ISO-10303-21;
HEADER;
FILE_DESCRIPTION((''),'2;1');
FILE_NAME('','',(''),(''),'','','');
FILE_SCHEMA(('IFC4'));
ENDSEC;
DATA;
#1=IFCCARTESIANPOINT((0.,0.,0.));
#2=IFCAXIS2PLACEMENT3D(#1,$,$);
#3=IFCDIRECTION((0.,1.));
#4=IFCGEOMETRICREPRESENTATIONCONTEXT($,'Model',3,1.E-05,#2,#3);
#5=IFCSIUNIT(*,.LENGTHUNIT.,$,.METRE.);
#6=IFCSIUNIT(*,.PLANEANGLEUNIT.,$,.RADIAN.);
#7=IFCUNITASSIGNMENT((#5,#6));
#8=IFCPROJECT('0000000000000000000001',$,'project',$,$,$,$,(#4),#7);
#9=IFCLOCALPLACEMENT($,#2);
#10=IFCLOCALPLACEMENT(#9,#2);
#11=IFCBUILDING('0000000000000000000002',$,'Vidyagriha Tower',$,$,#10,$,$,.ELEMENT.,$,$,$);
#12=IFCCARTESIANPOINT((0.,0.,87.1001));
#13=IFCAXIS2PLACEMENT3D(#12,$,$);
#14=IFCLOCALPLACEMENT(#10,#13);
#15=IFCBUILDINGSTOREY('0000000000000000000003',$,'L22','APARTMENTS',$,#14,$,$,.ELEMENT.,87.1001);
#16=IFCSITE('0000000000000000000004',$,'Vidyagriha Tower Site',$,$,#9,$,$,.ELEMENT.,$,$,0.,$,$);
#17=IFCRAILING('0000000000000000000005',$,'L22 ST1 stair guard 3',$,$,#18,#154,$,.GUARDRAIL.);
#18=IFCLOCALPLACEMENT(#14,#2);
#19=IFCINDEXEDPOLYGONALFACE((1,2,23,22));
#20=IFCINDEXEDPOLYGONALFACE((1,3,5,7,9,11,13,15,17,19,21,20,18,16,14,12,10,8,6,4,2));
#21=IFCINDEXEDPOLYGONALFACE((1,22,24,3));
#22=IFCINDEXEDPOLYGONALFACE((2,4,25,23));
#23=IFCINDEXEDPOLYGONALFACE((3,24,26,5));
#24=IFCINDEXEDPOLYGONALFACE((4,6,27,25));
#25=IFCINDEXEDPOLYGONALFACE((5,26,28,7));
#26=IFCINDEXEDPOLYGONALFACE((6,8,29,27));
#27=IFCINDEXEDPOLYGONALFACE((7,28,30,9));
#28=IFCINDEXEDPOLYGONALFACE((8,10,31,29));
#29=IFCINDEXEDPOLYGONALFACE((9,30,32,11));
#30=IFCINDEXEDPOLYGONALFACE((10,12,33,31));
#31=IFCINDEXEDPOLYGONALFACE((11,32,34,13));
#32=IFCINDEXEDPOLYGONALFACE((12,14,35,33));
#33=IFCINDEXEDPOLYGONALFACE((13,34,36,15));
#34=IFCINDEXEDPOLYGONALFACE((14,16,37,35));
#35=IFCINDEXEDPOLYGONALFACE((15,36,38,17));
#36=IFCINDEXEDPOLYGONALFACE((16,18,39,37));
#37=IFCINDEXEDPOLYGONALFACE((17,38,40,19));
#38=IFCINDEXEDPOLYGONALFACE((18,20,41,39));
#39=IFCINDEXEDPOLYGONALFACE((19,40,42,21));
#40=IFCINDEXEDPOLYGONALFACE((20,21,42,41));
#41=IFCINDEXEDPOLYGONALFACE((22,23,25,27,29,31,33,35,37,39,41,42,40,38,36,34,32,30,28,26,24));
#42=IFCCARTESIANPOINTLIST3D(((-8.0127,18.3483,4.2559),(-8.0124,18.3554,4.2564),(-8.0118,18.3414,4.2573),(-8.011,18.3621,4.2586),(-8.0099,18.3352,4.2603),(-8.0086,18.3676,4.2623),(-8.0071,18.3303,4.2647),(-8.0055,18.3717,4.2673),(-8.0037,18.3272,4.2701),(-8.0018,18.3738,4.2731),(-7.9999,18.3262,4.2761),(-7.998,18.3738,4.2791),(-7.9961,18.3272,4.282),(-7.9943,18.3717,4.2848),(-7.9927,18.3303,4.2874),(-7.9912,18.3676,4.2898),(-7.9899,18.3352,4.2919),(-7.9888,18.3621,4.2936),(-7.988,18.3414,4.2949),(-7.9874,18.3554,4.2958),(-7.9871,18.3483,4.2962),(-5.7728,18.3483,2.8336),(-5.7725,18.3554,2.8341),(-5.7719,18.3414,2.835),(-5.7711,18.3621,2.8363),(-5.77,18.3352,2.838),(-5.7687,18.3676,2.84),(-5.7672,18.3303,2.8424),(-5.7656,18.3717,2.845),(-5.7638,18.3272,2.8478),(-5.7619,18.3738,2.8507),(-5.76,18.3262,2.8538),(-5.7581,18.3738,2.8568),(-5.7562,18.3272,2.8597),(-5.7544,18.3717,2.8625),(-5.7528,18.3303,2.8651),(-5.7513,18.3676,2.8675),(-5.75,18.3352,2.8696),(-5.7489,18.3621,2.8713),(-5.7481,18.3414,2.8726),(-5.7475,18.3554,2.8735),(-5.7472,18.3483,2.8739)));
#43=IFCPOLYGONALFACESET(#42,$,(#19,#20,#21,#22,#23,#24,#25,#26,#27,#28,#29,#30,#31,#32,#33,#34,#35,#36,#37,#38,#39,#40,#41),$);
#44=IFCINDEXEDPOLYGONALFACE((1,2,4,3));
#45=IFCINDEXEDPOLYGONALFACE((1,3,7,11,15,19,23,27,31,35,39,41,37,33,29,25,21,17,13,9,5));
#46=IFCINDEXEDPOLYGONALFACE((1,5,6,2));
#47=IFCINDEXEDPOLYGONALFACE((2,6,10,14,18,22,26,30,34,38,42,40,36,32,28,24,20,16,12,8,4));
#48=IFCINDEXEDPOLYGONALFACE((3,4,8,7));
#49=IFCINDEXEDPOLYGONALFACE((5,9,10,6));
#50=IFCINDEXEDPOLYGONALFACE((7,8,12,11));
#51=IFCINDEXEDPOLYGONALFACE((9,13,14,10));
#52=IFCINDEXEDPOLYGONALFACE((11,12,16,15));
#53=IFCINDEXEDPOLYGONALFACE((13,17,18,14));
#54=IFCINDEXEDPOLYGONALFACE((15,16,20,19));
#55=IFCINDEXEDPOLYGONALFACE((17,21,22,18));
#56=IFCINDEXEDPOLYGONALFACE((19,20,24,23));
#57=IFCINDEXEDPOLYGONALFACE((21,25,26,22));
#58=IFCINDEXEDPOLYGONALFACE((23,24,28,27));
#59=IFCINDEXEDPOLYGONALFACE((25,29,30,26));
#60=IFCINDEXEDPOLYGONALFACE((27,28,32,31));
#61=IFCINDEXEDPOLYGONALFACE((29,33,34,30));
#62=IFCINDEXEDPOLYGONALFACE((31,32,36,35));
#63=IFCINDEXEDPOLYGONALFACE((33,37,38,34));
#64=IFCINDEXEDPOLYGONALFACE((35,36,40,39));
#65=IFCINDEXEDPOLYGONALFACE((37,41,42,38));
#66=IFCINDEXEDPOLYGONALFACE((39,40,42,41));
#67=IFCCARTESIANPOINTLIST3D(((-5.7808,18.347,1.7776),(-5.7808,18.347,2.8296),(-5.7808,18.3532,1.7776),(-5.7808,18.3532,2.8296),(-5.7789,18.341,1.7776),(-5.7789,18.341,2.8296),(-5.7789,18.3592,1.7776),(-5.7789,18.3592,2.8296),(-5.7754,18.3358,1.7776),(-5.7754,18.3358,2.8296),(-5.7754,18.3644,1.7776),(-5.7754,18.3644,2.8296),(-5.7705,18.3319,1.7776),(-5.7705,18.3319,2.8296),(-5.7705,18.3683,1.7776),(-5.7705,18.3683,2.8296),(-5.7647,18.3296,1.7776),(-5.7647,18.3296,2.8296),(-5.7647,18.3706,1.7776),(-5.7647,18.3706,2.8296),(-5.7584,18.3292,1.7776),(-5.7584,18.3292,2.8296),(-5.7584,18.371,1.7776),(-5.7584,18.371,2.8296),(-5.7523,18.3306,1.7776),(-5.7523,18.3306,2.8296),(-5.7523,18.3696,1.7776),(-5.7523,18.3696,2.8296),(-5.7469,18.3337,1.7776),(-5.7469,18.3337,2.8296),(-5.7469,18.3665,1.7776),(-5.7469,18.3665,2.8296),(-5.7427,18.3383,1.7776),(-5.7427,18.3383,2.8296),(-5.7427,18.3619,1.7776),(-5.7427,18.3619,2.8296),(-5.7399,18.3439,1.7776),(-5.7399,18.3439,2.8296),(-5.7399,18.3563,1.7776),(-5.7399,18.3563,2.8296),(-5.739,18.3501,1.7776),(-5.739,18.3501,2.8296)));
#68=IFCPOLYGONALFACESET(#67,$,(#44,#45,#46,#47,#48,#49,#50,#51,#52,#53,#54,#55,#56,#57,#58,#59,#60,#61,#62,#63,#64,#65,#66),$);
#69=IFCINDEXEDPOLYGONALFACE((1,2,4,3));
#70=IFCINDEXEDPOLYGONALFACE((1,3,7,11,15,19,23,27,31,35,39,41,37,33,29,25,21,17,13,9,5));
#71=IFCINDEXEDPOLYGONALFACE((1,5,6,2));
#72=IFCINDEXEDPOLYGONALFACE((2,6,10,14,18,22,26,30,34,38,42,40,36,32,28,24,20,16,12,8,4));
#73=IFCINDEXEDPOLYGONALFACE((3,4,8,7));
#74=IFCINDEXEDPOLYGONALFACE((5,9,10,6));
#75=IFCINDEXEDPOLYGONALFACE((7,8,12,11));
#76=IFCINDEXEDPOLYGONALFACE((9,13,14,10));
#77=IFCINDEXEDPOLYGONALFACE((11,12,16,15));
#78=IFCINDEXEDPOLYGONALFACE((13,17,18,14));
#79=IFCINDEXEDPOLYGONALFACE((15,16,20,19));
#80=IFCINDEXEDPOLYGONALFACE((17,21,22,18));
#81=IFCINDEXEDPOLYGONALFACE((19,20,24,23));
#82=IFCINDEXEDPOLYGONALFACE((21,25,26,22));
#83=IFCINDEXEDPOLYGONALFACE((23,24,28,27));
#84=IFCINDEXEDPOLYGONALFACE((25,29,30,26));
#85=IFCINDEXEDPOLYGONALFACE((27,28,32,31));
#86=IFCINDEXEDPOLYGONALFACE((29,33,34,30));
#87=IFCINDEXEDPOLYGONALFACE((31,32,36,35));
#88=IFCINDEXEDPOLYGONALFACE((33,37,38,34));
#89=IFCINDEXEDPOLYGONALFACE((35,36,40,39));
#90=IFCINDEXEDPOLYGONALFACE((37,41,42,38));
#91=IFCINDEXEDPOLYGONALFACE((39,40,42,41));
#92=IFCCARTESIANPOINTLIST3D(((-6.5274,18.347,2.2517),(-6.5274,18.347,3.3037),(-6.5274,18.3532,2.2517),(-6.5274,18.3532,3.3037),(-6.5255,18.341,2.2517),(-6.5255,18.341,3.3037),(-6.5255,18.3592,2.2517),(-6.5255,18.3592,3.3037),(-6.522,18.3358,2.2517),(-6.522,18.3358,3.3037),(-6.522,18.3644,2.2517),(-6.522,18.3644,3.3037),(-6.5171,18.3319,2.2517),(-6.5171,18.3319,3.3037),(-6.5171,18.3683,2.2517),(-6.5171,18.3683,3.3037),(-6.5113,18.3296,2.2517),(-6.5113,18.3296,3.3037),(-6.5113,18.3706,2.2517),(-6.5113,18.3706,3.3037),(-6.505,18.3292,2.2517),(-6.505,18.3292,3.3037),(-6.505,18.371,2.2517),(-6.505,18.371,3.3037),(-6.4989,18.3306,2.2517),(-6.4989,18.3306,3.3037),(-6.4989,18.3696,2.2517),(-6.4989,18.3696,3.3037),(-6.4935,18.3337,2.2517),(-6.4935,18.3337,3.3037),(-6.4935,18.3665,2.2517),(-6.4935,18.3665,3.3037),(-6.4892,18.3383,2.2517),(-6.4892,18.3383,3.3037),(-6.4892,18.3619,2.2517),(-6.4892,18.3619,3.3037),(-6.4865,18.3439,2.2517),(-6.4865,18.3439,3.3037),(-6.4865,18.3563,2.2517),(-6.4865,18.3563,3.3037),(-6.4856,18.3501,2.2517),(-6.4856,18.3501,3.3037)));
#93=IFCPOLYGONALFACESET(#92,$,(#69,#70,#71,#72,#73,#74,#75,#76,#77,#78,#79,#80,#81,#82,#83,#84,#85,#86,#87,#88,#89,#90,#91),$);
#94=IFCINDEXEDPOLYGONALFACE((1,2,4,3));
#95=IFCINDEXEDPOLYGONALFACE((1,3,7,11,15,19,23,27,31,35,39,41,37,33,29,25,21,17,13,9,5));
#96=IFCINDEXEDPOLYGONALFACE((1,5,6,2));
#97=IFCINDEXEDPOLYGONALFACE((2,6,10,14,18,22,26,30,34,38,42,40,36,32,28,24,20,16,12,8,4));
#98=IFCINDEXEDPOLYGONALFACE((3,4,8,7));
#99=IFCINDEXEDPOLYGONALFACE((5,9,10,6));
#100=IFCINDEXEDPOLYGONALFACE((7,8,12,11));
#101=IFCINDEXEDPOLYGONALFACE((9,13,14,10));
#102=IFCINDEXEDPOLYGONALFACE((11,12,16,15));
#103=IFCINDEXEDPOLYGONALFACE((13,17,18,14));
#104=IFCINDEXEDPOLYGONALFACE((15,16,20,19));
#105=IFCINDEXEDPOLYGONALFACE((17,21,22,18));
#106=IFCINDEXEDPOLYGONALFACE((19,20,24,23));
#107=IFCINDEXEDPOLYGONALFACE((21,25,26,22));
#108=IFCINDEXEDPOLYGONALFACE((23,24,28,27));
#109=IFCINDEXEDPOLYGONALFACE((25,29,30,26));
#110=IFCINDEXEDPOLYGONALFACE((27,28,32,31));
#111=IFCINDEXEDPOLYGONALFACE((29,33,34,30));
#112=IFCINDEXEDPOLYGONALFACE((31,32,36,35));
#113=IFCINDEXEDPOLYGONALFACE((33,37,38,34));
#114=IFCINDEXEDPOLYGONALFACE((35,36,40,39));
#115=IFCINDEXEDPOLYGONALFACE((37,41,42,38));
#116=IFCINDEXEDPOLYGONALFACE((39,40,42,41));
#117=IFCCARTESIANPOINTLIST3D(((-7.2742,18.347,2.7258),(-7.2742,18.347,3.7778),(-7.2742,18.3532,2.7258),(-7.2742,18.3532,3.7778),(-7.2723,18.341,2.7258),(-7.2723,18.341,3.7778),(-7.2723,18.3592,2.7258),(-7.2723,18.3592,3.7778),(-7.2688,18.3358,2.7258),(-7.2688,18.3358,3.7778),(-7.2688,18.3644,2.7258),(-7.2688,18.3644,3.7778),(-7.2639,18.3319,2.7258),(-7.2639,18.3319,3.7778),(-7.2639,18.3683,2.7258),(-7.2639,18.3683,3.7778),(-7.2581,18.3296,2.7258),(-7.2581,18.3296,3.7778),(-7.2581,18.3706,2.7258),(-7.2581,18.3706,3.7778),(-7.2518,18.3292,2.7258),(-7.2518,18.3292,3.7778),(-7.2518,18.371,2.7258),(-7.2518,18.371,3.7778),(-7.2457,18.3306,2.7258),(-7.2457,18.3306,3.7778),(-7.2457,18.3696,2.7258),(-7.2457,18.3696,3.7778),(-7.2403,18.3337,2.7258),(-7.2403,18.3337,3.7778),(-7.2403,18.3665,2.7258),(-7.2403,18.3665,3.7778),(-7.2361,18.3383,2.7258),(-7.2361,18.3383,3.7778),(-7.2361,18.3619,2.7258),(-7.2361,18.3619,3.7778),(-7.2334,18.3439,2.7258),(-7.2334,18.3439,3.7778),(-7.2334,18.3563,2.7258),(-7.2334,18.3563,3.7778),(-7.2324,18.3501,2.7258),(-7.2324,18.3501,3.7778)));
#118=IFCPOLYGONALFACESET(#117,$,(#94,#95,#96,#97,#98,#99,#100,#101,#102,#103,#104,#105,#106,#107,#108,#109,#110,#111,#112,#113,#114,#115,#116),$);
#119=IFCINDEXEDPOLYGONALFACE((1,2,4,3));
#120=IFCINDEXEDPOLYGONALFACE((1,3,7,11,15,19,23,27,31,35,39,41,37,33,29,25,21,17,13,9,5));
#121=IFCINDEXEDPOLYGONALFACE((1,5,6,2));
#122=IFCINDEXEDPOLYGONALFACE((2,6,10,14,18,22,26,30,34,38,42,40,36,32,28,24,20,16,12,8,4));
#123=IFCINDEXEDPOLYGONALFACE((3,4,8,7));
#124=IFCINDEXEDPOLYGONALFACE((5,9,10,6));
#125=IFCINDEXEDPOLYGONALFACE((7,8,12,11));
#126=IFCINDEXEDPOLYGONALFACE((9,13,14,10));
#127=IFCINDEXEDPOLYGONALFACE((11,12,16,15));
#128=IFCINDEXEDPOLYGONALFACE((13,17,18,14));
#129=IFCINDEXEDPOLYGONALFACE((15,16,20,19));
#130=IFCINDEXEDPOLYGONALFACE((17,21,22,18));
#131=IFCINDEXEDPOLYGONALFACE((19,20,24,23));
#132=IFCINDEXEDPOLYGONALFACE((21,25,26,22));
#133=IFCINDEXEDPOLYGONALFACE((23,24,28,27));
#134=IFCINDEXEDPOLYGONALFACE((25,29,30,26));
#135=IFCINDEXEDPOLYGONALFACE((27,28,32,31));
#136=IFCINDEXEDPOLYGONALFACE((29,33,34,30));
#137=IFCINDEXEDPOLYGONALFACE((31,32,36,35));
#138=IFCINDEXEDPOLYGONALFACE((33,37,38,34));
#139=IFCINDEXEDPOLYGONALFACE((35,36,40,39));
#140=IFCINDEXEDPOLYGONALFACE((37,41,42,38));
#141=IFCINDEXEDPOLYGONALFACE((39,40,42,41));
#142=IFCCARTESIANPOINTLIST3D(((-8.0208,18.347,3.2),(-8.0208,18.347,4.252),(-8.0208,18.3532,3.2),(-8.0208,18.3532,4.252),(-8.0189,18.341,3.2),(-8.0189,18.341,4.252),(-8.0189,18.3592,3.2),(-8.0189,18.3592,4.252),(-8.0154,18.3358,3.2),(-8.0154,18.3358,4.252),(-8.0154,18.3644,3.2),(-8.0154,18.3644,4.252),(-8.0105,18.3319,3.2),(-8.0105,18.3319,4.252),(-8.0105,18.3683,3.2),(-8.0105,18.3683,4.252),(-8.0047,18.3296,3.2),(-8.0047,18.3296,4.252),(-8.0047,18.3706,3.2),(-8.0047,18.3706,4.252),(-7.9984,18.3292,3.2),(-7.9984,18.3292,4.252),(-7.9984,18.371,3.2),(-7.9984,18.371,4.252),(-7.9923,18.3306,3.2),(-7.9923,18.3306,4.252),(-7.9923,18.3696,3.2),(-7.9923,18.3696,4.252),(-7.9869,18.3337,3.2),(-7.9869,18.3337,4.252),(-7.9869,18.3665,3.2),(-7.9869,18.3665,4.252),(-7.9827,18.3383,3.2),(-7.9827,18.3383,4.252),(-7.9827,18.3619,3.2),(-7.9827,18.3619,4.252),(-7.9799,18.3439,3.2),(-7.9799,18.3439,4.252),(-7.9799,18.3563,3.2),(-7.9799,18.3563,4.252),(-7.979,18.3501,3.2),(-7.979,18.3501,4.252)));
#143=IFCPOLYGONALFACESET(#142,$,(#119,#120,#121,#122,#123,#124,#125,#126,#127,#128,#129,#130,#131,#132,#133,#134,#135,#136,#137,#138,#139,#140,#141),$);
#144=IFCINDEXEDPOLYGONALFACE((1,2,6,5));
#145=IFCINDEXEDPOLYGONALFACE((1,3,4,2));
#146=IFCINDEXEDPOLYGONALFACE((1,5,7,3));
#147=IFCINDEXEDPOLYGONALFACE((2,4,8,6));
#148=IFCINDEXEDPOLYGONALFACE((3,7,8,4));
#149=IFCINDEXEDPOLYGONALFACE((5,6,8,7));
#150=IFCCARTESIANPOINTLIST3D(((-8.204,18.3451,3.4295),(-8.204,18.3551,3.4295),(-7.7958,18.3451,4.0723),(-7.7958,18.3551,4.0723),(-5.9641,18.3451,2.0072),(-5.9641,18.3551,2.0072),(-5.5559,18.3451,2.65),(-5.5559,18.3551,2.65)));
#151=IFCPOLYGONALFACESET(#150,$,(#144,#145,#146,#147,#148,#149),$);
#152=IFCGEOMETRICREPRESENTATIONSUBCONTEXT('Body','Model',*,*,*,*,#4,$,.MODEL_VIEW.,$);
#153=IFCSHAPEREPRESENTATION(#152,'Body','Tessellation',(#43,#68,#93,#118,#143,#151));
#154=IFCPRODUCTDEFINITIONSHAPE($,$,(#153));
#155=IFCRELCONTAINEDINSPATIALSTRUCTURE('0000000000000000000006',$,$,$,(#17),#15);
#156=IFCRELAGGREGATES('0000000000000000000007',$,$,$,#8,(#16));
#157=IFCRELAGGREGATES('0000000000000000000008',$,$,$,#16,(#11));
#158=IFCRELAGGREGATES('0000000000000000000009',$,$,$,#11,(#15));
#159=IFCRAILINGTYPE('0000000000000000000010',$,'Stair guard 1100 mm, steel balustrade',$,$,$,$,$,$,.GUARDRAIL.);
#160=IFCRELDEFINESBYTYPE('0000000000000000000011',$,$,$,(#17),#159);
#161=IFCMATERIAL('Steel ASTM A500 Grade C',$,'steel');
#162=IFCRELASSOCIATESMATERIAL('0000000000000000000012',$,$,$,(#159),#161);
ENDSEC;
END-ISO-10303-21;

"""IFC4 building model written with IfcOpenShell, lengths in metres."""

from ifc_helpers import new_model, si_unit, direction, frame, origin, origin_2d, place, context, subcontext, project, spatial, rectangle, circle, extrude, material, type_object, element, save


model = new_model("IFC4")

# Units and contexts
model_context = context("Model", 3, precision=1e-05, world=origin(), true_north=direction((0.0, 1.0)))
body_context = subcontext(model_context, "Body", "Model", "MODEL_VIEW")
ifc_project = project(units=[si_unit("LENGTHUNIT", "METRE"), si_unit("PLANEANGLEUNIT", "RADIAN")], contexts=[model_context])

# Site, building, storey
site_placement = place(None, origin())
site = spatial("IfcSite", under=ifc_project, at=site_placement, Name="Vidyagriha Tower Site", CompositionType="ELEMENT", RefElevation=0.0)
building_placement = place(site_placement, origin())
building = spatial("IfcBuilding", under=site, at=building_placement, Name="Vidyagriha Tower", CompositionType="ELEMENT")
storey_placement = place(building_placement, frame((0.0, 0.0, 87.1001)))
storey = spatial("IfcBuildingStorey", under=building, at=storey_placement, Name="L22", Description="APARTMENTS", CompositionType="ELEMENT", Elevation=87.1001)

# Railing
ifc_material_1 = material(Name="Steel ASTM A500 Grade C", Category="steel")
railing_type_1 = type_object("IfcRailingType", Name="Stair guard 1100 mm, steel balustrade", PredefinedType="GUARDRAIL", material=ifc_material_1)
railing_1_placement = place(storey_placement, frame((-5.76, 18.3501, 1.7776)))
element("IfcRailing", 1, at=railing_1_placement, inside=storey, type_object=railing_type_1, Name="L22 ST1 stair guard 3", PredefinedType="GUARDRAIL", context=body_context, shape_type="SweptSolid", body=[
    extrude(circle(Radius=0.0239, at=origin_2d()), frame((0.0, 0.0, 1.0762), z_axis=(-0.844188, 0.0, 0.536048), x_axis=(0.0, -1.0, 0.0)), (0.0, 0.0, 1.0), 2.6533),
    extrude(circle(Radius=0.021, at=origin_2d()), origin(), (0.0, 0.0, 1.0), 1.052),
    extrude(circle(Radius=0.021, at=origin_2d()), frame((-0.7466, 0.0, 0.4741)), (0.0, 0.0, 1.0), 1.052),
    extrude(circle(Radius=0.021, at=origin_2d()), frame((-1.4934, 0.0, 0.9482)), (0.0, 0.0, 1.0), 1.052),
    extrude(circle(Radius=0.021, at=origin_2d()), frame((-2.24, 0.0, 1.4224)), (0.0, 0.0, 1.0), 1.052),
    extrude(rectangle(XDim=0.01, YDim=0.7615, at=origin_2d()), frame((0.0, 0.0, 0.551), z_axis=(-0.844188, 0.0, 0.536048), x_axis=(0.0, -1.0, 0.0)), (0.0, 0.0, 1.0), 2.6533),
])

save(model, "model.ifc")
